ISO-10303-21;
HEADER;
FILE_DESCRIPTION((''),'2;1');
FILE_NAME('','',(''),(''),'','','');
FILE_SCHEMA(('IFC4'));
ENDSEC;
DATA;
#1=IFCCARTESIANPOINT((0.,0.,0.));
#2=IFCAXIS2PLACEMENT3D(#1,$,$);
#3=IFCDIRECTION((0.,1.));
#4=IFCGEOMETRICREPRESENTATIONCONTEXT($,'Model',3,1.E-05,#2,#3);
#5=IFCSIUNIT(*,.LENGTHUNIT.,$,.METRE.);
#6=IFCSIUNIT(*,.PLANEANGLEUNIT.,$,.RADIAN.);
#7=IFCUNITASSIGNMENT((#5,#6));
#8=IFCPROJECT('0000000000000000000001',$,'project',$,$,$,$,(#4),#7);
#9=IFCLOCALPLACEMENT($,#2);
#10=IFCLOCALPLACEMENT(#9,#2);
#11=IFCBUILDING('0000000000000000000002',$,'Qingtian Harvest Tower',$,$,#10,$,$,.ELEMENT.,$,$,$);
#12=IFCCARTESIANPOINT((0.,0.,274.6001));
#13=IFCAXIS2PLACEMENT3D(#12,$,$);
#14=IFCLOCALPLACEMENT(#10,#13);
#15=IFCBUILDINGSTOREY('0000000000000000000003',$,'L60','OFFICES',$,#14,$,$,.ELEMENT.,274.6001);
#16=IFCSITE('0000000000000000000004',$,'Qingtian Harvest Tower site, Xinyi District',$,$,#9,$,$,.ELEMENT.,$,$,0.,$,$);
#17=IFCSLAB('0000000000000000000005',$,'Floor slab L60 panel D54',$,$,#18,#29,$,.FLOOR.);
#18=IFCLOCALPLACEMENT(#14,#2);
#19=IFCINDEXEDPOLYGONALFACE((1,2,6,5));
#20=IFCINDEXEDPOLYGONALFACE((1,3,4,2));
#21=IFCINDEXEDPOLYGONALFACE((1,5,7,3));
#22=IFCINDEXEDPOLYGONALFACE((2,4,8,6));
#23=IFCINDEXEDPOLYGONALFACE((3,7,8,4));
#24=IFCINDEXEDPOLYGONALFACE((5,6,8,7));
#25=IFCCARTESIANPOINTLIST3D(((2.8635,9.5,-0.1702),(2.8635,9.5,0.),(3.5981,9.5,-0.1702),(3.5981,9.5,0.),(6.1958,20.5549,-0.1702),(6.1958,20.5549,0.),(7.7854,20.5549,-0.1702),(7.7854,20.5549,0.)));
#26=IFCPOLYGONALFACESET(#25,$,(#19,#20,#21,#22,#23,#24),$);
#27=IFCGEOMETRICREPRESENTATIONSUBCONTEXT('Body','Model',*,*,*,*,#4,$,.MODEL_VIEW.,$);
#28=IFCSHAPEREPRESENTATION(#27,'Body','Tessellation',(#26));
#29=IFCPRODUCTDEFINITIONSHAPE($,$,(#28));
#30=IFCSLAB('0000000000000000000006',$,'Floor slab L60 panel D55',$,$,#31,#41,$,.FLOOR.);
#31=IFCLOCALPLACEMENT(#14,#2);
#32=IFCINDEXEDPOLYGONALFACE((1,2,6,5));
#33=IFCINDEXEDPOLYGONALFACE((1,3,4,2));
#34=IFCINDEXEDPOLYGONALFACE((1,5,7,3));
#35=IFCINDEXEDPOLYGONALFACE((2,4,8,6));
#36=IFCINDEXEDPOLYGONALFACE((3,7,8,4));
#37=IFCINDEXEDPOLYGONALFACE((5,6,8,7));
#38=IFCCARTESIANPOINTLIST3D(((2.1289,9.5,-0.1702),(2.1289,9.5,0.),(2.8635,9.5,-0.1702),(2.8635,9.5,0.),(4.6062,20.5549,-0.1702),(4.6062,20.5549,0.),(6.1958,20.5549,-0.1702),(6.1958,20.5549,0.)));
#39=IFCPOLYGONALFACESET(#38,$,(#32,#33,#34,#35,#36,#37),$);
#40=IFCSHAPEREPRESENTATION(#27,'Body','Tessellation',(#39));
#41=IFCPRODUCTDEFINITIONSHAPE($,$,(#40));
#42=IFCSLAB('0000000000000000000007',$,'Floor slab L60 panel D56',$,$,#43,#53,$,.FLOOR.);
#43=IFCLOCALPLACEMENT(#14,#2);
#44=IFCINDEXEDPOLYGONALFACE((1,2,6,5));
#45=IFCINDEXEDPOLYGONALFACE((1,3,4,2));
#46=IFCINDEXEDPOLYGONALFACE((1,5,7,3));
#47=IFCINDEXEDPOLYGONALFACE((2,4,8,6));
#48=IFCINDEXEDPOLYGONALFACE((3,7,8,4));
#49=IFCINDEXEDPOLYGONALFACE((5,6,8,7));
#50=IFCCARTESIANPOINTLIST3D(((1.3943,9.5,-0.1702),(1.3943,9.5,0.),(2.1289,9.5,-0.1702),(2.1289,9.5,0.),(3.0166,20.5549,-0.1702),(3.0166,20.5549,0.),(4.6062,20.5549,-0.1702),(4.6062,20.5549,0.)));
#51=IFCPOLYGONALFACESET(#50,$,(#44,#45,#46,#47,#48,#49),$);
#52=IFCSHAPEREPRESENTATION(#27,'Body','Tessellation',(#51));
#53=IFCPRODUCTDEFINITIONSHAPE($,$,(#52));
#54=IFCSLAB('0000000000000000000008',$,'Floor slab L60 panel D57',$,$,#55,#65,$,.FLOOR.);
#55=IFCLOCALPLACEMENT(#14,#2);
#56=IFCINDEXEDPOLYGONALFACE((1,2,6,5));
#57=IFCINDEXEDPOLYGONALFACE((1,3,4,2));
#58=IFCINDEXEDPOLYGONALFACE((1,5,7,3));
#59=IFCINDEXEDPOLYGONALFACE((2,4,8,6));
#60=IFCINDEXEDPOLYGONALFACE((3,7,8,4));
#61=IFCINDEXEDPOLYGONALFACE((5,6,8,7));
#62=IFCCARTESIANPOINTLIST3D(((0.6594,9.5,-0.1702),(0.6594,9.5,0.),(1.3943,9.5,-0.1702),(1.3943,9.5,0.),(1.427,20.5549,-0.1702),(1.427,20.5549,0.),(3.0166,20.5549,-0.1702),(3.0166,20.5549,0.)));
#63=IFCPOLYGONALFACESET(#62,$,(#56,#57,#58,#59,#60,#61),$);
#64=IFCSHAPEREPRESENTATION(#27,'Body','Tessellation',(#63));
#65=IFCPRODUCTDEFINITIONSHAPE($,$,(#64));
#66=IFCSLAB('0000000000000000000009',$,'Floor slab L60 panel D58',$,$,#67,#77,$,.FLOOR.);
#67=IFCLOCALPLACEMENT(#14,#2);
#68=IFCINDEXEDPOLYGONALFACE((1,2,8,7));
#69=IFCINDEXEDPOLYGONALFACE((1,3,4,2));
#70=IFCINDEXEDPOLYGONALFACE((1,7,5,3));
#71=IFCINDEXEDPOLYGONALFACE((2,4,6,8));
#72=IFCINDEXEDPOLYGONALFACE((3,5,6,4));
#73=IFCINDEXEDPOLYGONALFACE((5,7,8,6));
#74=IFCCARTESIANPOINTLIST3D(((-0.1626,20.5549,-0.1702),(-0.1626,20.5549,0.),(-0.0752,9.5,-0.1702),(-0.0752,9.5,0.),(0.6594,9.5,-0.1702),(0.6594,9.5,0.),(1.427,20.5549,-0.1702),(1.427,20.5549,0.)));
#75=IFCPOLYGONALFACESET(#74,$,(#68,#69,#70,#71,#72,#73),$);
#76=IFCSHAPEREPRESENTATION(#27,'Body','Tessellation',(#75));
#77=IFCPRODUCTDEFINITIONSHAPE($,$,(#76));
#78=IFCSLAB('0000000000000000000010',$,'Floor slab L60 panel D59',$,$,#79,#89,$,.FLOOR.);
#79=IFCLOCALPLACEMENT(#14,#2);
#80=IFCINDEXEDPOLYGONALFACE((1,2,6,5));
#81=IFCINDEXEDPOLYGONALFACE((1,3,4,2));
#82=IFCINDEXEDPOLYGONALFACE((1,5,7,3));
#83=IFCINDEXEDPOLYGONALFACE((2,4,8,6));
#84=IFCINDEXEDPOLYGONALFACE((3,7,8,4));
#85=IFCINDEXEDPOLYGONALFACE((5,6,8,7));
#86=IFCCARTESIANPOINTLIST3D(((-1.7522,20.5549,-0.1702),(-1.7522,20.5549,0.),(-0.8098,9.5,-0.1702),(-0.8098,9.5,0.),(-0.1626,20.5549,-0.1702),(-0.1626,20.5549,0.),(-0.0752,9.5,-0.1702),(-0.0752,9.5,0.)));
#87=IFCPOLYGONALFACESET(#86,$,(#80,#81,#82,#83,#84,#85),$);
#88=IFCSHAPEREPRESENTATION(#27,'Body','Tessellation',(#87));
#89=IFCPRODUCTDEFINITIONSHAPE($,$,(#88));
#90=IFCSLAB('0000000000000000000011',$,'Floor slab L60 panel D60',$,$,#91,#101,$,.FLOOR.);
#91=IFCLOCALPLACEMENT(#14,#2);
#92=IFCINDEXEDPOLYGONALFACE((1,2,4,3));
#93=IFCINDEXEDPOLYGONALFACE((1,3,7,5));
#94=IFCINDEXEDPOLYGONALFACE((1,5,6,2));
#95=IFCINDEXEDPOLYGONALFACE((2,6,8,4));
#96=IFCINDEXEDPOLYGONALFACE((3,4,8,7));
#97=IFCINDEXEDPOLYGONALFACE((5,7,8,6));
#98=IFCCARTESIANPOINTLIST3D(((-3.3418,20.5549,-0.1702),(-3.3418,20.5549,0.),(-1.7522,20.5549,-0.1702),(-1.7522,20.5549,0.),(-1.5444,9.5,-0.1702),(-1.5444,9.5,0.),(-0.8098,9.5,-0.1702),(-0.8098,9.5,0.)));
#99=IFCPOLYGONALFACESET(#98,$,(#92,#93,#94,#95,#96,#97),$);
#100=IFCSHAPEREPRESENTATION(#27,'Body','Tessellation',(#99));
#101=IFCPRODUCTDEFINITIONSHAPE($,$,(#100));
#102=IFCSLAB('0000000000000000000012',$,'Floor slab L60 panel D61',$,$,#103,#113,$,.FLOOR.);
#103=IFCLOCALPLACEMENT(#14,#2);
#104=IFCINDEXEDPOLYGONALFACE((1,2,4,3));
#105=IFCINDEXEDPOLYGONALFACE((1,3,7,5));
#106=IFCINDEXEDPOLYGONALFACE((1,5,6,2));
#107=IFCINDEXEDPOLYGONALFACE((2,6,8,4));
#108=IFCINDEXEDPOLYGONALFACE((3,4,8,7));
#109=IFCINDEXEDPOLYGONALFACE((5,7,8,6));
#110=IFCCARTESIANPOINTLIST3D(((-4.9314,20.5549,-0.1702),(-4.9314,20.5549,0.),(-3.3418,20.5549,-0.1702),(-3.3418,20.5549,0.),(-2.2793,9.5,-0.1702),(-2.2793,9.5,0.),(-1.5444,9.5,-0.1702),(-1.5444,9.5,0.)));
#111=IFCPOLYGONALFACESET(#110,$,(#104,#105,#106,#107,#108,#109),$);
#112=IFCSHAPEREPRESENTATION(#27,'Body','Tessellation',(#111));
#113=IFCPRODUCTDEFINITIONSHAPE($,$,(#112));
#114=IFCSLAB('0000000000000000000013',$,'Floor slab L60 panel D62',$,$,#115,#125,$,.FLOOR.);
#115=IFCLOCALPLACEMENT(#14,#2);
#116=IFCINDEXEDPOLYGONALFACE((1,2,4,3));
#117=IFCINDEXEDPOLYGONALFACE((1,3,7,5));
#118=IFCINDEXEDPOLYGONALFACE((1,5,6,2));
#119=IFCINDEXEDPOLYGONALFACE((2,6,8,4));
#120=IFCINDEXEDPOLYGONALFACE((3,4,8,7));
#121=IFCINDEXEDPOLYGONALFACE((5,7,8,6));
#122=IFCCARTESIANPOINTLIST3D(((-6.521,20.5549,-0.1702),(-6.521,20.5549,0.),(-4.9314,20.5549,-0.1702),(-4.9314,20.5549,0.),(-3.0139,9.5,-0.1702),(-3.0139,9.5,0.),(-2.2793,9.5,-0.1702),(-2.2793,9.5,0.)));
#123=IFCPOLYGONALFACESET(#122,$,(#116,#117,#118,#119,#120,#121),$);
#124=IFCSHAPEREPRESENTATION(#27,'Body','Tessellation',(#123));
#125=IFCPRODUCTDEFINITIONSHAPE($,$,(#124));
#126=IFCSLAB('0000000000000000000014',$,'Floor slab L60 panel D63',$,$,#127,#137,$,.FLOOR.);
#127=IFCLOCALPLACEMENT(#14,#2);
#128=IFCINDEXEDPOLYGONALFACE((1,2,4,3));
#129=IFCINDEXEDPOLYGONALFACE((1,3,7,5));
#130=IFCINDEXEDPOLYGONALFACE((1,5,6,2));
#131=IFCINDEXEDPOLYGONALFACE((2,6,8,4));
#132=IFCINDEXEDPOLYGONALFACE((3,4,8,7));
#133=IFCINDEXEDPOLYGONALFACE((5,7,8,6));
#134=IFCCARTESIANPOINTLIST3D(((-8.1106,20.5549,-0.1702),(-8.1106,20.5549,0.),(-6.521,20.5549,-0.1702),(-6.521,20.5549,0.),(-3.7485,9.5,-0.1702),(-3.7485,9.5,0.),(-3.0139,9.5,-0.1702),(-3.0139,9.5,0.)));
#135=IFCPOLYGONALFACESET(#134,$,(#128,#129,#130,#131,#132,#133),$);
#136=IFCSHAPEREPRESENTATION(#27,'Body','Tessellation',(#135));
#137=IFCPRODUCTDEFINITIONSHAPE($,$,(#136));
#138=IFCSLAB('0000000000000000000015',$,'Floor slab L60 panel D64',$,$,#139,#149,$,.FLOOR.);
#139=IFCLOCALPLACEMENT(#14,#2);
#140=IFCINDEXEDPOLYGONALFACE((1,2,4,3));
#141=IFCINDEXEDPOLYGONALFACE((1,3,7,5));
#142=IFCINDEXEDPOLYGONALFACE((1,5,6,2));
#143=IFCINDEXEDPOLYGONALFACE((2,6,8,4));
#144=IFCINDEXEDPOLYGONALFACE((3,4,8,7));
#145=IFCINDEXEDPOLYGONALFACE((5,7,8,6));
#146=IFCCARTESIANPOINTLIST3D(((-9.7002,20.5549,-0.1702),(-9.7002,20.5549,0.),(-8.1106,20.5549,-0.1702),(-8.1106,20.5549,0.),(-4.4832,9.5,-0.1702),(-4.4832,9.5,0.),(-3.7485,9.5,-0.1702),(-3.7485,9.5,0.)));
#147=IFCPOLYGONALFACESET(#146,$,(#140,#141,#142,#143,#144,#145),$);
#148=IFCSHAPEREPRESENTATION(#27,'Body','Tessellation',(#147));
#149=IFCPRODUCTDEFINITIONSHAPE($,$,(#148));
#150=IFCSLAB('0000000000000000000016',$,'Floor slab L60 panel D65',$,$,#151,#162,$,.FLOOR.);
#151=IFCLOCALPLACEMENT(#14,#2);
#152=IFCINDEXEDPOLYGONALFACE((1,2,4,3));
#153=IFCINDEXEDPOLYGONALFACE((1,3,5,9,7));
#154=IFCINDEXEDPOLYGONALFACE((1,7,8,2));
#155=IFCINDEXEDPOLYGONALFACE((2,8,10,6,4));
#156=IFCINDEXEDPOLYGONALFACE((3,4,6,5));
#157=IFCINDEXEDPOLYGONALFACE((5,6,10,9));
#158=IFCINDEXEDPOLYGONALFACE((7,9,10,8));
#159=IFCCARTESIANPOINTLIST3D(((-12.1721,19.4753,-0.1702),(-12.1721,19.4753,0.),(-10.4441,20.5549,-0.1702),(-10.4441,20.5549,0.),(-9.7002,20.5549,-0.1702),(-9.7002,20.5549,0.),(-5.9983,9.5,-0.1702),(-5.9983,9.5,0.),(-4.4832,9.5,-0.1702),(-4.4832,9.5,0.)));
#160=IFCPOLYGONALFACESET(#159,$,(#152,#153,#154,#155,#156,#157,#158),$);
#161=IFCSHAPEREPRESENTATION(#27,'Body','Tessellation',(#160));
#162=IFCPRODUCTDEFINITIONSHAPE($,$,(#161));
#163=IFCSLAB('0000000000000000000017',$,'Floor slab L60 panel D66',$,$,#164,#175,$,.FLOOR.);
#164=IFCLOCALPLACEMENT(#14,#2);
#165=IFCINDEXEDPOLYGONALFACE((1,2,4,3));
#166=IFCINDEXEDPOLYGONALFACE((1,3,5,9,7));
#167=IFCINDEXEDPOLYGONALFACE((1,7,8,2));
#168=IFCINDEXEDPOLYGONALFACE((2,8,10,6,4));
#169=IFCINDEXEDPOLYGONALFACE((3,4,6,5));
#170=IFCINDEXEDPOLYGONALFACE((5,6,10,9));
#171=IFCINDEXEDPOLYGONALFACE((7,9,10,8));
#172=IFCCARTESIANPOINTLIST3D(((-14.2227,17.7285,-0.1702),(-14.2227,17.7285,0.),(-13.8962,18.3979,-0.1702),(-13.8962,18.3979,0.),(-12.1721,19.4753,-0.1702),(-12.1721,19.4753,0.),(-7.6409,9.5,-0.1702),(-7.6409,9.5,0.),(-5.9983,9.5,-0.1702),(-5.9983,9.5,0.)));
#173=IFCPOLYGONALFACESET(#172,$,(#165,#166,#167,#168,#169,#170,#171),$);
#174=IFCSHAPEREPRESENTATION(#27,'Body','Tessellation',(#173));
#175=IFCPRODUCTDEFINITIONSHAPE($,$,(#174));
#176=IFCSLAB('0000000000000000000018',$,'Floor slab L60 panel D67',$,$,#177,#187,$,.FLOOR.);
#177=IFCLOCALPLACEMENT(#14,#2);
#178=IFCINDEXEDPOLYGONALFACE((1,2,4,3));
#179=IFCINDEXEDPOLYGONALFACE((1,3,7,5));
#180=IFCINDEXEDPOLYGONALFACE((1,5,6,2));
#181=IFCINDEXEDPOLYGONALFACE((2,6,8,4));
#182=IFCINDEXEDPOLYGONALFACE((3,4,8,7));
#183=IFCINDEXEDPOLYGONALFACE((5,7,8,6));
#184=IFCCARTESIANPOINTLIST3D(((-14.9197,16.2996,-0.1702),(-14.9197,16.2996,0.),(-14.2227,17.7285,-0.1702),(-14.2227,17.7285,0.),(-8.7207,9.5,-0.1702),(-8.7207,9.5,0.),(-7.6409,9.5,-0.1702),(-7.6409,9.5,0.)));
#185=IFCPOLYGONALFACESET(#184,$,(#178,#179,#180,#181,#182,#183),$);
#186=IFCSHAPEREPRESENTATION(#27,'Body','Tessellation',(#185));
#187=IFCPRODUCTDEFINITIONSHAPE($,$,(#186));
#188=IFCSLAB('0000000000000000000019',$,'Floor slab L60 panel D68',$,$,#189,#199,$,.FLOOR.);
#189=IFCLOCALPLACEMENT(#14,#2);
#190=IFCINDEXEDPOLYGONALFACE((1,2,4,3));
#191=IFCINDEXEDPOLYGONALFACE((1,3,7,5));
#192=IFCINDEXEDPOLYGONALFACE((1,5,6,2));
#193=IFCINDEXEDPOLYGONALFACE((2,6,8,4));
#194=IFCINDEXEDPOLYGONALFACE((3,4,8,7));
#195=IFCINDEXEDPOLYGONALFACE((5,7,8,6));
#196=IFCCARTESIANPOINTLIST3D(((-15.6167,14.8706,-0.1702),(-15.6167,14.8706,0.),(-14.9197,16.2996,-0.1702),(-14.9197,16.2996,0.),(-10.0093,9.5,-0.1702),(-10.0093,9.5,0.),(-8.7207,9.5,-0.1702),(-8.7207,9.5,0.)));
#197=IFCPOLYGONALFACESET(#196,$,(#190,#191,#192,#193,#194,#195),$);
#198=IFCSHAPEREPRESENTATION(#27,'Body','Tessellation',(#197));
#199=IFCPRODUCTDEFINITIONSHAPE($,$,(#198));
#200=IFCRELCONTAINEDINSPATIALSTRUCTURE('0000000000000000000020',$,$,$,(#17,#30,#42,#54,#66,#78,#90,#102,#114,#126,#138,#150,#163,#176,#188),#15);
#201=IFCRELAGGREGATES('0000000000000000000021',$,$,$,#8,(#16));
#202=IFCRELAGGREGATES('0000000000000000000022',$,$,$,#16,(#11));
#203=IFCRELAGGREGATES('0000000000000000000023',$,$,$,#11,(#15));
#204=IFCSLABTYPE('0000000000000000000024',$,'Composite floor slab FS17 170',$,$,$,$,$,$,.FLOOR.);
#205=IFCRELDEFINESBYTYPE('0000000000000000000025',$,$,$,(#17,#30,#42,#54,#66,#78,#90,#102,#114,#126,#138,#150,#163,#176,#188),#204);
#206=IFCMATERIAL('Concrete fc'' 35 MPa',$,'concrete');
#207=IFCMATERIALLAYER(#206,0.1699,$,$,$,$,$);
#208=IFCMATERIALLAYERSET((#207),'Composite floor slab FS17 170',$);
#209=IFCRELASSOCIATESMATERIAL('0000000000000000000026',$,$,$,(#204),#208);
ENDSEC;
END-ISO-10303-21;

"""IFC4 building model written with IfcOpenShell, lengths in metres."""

from ifc_helpers import new_model, si_unit, direction, frame, origin, place, context, subcontext, project, spatial, polyline, outline, extrude, material, layer, layer_set, type_object, element, save


model = new_model("IFC4")

# Units and contexts
model_context = context("Model", 3, precision=1e-05, world=origin(), true_north=direction((0.0, 1.0)))
body_context = subcontext(model_context, "Body", "Model", "MODEL_VIEW")
ifc_project = project(units=[si_unit("LENGTHUNIT", "METRE"), si_unit("PLANEANGLEUNIT", "RADIAN")], contexts=[model_context])

# Site, building, storey
site_placement = place(None, origin())
site = spatial("IfcSite", under=ifc_project, at=site_placement, Name="Qingtian Harvest Tower site, Xinyi District", CompositionType="ELEMENT", RefElevation=0.0)
building_placement = place(site_placement, origin())
building = spatial("IfcBuilding", under=site, at=building_placement, Name="Qingtian Harvest Tower", CompositionType="ELEMENT")
storey_placement = place(building_placement, frame((0.0, 0.0, 274.6001)))
storey = spatial("IfcBuildingStorey", under=building, at=storey_placement, Name="L60", Description="OFFICES", CompositionType="ELEMENT", Elevation=274.6001)

# Slabs
ifc_material_1 = material(Name="Concrete fc' 35 MPa", Category="concrete")
ifc_layer_1 = layer(ifc_material_1, 0.1699)
ifc_layer_set_1 = layer_set([ifc_layer_1], Name="Composite floor slab FS17 170")
slab_type = type_object("IfcSlabType", Name="Composite floor slab FS17 170", PredefinedType="FLOOR", material=ifc_layer_set_1)
slab_1_placement = place(storey_placement, frame((0.0, 0.0, -0.1702)))
element("IfcSlab", 1, at=slab_1_placement, inside=storey, type_object=slab_type, Name="Floor slab L60 panel D54", PredefinedType="FLOOR", context=body_context, shape_type="SweptSolid", body=[
    extrude(outline(polyline([(2.8635, 9.5), (6.1958, 20.5549), (7.7854, 20.5549), (3.5981, 9.5), (2.8635, 9.5)])), origin(), (0.0, 0.0, 1.0), 0.1702),
])
slab_2_placement = place(storey_placement, frame((0.0, 0.0, -0.1702)))
element("IfcSlab", 2, at=slab_2_placement, inside=storey, type_object=slab_type, Name="Floor slab L60 panel D55", PredefinedType="FLOOR", context=body_context, shape_type="SweptSolid", body=[
    extrude(outline(polyline([(2.1289, 9.5), (4.6062, 20.5549), (6.1958, 20.5549), (2.8635, 9.5), (2.1289, 9.5)])), origin(), (0.0, 0.0, 1.0), 0.1702),
])
slab_3_placement = place(storey_placement, frame((0.0, 0.0, -0.1702)))
element("IfcSlab", 3, at=slab_3_placement, inside=storey, type_object=slab_type, Name="Floor slab L60 panel D56", PredefinedType="FLOOR", context=body_context, shape_type="SweptSolid", body=[
    extrude(outline(polyline([(1.3943, 9.5), (3.0166, 20.5549), (4.6062, 20.5549), (2.1289, 9.5), (1.3943, 9.5)])), origin(), (0.0, 0.0, 1.0), 0.1702),
])
slab_4_placement = place(storey_placement, frame((0.0, 0.0, -0.1702)))
element("IfcSlab", 4, at=slab_4_placement, inside=storey, type_object=slab_type, Name="Floor slab L60 panel D57", PredefinedType="FLOOR", context=body_context, shape_type="SweptSolid", body=[
    extrude(outline(polyline([(0.6594, 9.5), (1.427, 20.5549), (3.0166, 20.5549), (1.3943, 9.5), (0.6594, 9.5)])), origin(), (0.0, 0.0, 1.0), 0.1702),
])
slab_5_placement = place(storey_placement, frame((0.0, 0.0, -0.1702)))
element("IfcSlab", 5, at=slab_5_placement, inside=storey, type_object=slab_type, Name="Floor slab L60 panel D58", PredefinedType="FLOOR", context=body_context, shape_type="SweptSolid", body=[
    extrude(outline(polyline([(-0.0752, 9.5), (-0.1626, 20.5549), (1.427, 20.5549), (0.6594, 9.5), (-0.0752, 9.5)])), origin(), (0.0, 0.0, 1.0), 0.1702),
])
slab_6_placement = place(storey_placement, frame((0.0, 0.0, -0.1702)))
element("IfcSlab", 6, at=slab_6_placement, inside=storey, type_object=slab_type, Name="Floor slab L60 panel D59", PredefinedType="FLOOR", context=body_context, shape_type="SweptSolid", body=[
    extrude(outline(polyline([(-0.8098, 9.5), (-1.7522, 20.5549), (-0.1626, 20.5549), (-0.0752, 9.5), (-0.8098, 9.5)])), origin(), (0.0, 0.0, 1.0), 0.1702),
])
slab_7_placement = place(storey_placement, frame((0.0, 0.0, -0.1702)))
element("IfcSlab", 7, at=slab_7_placement, inside=storey, type_object=slab_type, Name="Floor slab L60 panel D60", PredefinedType="FLOOR", context=body_context, shape_type="SweptSolid", body=[
    extrude(outline(polyline([(-1.5444, 9.5), (-3.3418, 20.5549), (-1.7522, 20.5549), (-0.8098, 9.5), (-1.5444, 9.5)])), origin(), (0.0, 0.0, 1.0), 0.1702),
])
slab_8_placement = place(storey_placement, frame((0.0, 0.0, -0.1702)))
element("IfcSlab", 8, at=slab_8_placement, inside=storey, type_object=slab_type, Name="Floor slab L60 panel D61", PredefinedType="FLOOR", context=body_context, shape_type="SweptSolid", body=[
    extrude(outline(polyline([(-2.2793, 9.5), (-4.9314, 20.5549), (-3.3418, 20.5549), (-1.5444, 9.5), (-2.2793, 9.5)])), origin(), (0.0, 0.0, 1.0), 0.1702),
])
slab_9_placement = place(storey_placement, frame((0.0, 0.0, -0.1702)))
element("IfcSlab", 9, at=slab_9_placement, inside=storey, type_object=slab_type, Name="Floor slab L60 panel D62", PredefinedType="FLOOR", context=body_context, shape_type="SweptSolid", body=[
    extrude(outline(polyline([(-3.0139, 9.5), (-6.521, 20.5549), (-4.9314, 20.5549), (-2.2793, 9.5), (-3.0139, 9.5)])), origin(), (0.0, 0.0, 1.0), 0.1702),
])
slab_10_placement = place(storey_placement, frame((0.0, 0.0, -0.1702)))
element("IfcSlab", 10, at=slab_10_placement, inside=storey, type_object=slab_type, Name="Floor slab L60 panel D63", PredefinedType="FLOOR", context=body_context, shape_type="SweptSolid", body=[
    extrude(outline(polyline([(-3.7485, 9.5), (-8.1106, 20.5549), (-6.521, 20.5549), (-3.0139, 9.5), (-3.7485, 9.5)])), origin(), (0.0, 0.0, 1.0), 0.1702),
])
slab_11_placement = place(storey_placement, frame((0.0, 0.0, -0.1702)))
element("IfcSlab", 11, at=slab_11_placement, inside=storey, type_object=slab_type, Name="Floor slab L60 panel D64", PredefinedType="FLOOR", context=body_context, shape_type="SweptSolid", body=[
    extrude(outline(polyline([(-4.4832, 9.5), (-9.7002, 20.5549), (-8.1106, 20.5549), (-3.7485, 9.5), (-4.4832, 9.5)])), origin(), (0.0, 0.0, 1.0), 0.1702),
])
slab_12_placement = place(storey_placement, frame((0.0, 0.0, -0.1702)))
element("IfcSlab", 12, at=slab_12_placement, inside=storey, type_object=slab_type, Name="Floor slab L60 panel D65", PredefinedType="FLOOR", context=body_context, shape_type="SweptSolid", body=[
    extrude(outline(polyline([(-4.4832, 9.5), (-5.9983, 9.5), (-12.1721, 19.4753), (-10.4441, 20.5549), (-9.7002, 20.5549), (-4.4832, 9.5)])), origin(), (0.0, 0.0, 1.0), 0.1702),
])
slab_13_placement = place(storey_placement, frame((0.0, 0.0, -0.1702)))
element("IfcSlab", 13, at=slab_13_placement, inside=storey, type_object=slab_type, Name="Floor slab L60 panel D66", PredefinedType="FLOOR", context=body_context, shape_type="SweptSolid", body=[
    extrude(outline(polyline([(-5.9983, 9.5), (-7.6409, 9.5), (-14.2227, 17.7285), (-13.8962, 18.3979), (-12.1721, 19.4753), (-5.9983, 9.5)])), origin(), (0.0, 0.0, 1.0), 0.1702),
])
slab_14_placement = place(storey_placement, frame((0.0, 0.0, -0.1702)))
element("IfcSlab", 14, at=slab_14_placement, inside=storey, type_object=slab_type, Name="Floor slab L60 panel D67", PredefinedType="FLOOR", context=body_context, shape_type="SweptSolid", body=[
    extrude(outline(polyline([(-8.7207, 9.5), (-14.9197, 16.2996), (-14.2227, 17.7285), (-7.6409, 9.5), (-8.7207, 9.5)])), origin(), (0.0, 0.0, 1.0), 0.1702),
])
slab_15_placement = place(storey_placement, frame((0.0, 0.0, -0.1702)))
element("IfcSlab", 15, at=slab_15_placement, inside=storey, type_object=slab_type, Name="Floor slab L60 panel D68", PredefinedType="FLOOR", context=body_context, shape_type="SweptSolid", body=[
    extrude(outline(polyline([(-10.0093, 9.5), (-15.6167, 14.8706), (-14.9197, 16.2996), (-8.7207, 9.5), (-10.0093, 9.5)])), origin(), (0.0, 0.0, 1.0), 0.1702),
])

save(model, "model.ifc")
